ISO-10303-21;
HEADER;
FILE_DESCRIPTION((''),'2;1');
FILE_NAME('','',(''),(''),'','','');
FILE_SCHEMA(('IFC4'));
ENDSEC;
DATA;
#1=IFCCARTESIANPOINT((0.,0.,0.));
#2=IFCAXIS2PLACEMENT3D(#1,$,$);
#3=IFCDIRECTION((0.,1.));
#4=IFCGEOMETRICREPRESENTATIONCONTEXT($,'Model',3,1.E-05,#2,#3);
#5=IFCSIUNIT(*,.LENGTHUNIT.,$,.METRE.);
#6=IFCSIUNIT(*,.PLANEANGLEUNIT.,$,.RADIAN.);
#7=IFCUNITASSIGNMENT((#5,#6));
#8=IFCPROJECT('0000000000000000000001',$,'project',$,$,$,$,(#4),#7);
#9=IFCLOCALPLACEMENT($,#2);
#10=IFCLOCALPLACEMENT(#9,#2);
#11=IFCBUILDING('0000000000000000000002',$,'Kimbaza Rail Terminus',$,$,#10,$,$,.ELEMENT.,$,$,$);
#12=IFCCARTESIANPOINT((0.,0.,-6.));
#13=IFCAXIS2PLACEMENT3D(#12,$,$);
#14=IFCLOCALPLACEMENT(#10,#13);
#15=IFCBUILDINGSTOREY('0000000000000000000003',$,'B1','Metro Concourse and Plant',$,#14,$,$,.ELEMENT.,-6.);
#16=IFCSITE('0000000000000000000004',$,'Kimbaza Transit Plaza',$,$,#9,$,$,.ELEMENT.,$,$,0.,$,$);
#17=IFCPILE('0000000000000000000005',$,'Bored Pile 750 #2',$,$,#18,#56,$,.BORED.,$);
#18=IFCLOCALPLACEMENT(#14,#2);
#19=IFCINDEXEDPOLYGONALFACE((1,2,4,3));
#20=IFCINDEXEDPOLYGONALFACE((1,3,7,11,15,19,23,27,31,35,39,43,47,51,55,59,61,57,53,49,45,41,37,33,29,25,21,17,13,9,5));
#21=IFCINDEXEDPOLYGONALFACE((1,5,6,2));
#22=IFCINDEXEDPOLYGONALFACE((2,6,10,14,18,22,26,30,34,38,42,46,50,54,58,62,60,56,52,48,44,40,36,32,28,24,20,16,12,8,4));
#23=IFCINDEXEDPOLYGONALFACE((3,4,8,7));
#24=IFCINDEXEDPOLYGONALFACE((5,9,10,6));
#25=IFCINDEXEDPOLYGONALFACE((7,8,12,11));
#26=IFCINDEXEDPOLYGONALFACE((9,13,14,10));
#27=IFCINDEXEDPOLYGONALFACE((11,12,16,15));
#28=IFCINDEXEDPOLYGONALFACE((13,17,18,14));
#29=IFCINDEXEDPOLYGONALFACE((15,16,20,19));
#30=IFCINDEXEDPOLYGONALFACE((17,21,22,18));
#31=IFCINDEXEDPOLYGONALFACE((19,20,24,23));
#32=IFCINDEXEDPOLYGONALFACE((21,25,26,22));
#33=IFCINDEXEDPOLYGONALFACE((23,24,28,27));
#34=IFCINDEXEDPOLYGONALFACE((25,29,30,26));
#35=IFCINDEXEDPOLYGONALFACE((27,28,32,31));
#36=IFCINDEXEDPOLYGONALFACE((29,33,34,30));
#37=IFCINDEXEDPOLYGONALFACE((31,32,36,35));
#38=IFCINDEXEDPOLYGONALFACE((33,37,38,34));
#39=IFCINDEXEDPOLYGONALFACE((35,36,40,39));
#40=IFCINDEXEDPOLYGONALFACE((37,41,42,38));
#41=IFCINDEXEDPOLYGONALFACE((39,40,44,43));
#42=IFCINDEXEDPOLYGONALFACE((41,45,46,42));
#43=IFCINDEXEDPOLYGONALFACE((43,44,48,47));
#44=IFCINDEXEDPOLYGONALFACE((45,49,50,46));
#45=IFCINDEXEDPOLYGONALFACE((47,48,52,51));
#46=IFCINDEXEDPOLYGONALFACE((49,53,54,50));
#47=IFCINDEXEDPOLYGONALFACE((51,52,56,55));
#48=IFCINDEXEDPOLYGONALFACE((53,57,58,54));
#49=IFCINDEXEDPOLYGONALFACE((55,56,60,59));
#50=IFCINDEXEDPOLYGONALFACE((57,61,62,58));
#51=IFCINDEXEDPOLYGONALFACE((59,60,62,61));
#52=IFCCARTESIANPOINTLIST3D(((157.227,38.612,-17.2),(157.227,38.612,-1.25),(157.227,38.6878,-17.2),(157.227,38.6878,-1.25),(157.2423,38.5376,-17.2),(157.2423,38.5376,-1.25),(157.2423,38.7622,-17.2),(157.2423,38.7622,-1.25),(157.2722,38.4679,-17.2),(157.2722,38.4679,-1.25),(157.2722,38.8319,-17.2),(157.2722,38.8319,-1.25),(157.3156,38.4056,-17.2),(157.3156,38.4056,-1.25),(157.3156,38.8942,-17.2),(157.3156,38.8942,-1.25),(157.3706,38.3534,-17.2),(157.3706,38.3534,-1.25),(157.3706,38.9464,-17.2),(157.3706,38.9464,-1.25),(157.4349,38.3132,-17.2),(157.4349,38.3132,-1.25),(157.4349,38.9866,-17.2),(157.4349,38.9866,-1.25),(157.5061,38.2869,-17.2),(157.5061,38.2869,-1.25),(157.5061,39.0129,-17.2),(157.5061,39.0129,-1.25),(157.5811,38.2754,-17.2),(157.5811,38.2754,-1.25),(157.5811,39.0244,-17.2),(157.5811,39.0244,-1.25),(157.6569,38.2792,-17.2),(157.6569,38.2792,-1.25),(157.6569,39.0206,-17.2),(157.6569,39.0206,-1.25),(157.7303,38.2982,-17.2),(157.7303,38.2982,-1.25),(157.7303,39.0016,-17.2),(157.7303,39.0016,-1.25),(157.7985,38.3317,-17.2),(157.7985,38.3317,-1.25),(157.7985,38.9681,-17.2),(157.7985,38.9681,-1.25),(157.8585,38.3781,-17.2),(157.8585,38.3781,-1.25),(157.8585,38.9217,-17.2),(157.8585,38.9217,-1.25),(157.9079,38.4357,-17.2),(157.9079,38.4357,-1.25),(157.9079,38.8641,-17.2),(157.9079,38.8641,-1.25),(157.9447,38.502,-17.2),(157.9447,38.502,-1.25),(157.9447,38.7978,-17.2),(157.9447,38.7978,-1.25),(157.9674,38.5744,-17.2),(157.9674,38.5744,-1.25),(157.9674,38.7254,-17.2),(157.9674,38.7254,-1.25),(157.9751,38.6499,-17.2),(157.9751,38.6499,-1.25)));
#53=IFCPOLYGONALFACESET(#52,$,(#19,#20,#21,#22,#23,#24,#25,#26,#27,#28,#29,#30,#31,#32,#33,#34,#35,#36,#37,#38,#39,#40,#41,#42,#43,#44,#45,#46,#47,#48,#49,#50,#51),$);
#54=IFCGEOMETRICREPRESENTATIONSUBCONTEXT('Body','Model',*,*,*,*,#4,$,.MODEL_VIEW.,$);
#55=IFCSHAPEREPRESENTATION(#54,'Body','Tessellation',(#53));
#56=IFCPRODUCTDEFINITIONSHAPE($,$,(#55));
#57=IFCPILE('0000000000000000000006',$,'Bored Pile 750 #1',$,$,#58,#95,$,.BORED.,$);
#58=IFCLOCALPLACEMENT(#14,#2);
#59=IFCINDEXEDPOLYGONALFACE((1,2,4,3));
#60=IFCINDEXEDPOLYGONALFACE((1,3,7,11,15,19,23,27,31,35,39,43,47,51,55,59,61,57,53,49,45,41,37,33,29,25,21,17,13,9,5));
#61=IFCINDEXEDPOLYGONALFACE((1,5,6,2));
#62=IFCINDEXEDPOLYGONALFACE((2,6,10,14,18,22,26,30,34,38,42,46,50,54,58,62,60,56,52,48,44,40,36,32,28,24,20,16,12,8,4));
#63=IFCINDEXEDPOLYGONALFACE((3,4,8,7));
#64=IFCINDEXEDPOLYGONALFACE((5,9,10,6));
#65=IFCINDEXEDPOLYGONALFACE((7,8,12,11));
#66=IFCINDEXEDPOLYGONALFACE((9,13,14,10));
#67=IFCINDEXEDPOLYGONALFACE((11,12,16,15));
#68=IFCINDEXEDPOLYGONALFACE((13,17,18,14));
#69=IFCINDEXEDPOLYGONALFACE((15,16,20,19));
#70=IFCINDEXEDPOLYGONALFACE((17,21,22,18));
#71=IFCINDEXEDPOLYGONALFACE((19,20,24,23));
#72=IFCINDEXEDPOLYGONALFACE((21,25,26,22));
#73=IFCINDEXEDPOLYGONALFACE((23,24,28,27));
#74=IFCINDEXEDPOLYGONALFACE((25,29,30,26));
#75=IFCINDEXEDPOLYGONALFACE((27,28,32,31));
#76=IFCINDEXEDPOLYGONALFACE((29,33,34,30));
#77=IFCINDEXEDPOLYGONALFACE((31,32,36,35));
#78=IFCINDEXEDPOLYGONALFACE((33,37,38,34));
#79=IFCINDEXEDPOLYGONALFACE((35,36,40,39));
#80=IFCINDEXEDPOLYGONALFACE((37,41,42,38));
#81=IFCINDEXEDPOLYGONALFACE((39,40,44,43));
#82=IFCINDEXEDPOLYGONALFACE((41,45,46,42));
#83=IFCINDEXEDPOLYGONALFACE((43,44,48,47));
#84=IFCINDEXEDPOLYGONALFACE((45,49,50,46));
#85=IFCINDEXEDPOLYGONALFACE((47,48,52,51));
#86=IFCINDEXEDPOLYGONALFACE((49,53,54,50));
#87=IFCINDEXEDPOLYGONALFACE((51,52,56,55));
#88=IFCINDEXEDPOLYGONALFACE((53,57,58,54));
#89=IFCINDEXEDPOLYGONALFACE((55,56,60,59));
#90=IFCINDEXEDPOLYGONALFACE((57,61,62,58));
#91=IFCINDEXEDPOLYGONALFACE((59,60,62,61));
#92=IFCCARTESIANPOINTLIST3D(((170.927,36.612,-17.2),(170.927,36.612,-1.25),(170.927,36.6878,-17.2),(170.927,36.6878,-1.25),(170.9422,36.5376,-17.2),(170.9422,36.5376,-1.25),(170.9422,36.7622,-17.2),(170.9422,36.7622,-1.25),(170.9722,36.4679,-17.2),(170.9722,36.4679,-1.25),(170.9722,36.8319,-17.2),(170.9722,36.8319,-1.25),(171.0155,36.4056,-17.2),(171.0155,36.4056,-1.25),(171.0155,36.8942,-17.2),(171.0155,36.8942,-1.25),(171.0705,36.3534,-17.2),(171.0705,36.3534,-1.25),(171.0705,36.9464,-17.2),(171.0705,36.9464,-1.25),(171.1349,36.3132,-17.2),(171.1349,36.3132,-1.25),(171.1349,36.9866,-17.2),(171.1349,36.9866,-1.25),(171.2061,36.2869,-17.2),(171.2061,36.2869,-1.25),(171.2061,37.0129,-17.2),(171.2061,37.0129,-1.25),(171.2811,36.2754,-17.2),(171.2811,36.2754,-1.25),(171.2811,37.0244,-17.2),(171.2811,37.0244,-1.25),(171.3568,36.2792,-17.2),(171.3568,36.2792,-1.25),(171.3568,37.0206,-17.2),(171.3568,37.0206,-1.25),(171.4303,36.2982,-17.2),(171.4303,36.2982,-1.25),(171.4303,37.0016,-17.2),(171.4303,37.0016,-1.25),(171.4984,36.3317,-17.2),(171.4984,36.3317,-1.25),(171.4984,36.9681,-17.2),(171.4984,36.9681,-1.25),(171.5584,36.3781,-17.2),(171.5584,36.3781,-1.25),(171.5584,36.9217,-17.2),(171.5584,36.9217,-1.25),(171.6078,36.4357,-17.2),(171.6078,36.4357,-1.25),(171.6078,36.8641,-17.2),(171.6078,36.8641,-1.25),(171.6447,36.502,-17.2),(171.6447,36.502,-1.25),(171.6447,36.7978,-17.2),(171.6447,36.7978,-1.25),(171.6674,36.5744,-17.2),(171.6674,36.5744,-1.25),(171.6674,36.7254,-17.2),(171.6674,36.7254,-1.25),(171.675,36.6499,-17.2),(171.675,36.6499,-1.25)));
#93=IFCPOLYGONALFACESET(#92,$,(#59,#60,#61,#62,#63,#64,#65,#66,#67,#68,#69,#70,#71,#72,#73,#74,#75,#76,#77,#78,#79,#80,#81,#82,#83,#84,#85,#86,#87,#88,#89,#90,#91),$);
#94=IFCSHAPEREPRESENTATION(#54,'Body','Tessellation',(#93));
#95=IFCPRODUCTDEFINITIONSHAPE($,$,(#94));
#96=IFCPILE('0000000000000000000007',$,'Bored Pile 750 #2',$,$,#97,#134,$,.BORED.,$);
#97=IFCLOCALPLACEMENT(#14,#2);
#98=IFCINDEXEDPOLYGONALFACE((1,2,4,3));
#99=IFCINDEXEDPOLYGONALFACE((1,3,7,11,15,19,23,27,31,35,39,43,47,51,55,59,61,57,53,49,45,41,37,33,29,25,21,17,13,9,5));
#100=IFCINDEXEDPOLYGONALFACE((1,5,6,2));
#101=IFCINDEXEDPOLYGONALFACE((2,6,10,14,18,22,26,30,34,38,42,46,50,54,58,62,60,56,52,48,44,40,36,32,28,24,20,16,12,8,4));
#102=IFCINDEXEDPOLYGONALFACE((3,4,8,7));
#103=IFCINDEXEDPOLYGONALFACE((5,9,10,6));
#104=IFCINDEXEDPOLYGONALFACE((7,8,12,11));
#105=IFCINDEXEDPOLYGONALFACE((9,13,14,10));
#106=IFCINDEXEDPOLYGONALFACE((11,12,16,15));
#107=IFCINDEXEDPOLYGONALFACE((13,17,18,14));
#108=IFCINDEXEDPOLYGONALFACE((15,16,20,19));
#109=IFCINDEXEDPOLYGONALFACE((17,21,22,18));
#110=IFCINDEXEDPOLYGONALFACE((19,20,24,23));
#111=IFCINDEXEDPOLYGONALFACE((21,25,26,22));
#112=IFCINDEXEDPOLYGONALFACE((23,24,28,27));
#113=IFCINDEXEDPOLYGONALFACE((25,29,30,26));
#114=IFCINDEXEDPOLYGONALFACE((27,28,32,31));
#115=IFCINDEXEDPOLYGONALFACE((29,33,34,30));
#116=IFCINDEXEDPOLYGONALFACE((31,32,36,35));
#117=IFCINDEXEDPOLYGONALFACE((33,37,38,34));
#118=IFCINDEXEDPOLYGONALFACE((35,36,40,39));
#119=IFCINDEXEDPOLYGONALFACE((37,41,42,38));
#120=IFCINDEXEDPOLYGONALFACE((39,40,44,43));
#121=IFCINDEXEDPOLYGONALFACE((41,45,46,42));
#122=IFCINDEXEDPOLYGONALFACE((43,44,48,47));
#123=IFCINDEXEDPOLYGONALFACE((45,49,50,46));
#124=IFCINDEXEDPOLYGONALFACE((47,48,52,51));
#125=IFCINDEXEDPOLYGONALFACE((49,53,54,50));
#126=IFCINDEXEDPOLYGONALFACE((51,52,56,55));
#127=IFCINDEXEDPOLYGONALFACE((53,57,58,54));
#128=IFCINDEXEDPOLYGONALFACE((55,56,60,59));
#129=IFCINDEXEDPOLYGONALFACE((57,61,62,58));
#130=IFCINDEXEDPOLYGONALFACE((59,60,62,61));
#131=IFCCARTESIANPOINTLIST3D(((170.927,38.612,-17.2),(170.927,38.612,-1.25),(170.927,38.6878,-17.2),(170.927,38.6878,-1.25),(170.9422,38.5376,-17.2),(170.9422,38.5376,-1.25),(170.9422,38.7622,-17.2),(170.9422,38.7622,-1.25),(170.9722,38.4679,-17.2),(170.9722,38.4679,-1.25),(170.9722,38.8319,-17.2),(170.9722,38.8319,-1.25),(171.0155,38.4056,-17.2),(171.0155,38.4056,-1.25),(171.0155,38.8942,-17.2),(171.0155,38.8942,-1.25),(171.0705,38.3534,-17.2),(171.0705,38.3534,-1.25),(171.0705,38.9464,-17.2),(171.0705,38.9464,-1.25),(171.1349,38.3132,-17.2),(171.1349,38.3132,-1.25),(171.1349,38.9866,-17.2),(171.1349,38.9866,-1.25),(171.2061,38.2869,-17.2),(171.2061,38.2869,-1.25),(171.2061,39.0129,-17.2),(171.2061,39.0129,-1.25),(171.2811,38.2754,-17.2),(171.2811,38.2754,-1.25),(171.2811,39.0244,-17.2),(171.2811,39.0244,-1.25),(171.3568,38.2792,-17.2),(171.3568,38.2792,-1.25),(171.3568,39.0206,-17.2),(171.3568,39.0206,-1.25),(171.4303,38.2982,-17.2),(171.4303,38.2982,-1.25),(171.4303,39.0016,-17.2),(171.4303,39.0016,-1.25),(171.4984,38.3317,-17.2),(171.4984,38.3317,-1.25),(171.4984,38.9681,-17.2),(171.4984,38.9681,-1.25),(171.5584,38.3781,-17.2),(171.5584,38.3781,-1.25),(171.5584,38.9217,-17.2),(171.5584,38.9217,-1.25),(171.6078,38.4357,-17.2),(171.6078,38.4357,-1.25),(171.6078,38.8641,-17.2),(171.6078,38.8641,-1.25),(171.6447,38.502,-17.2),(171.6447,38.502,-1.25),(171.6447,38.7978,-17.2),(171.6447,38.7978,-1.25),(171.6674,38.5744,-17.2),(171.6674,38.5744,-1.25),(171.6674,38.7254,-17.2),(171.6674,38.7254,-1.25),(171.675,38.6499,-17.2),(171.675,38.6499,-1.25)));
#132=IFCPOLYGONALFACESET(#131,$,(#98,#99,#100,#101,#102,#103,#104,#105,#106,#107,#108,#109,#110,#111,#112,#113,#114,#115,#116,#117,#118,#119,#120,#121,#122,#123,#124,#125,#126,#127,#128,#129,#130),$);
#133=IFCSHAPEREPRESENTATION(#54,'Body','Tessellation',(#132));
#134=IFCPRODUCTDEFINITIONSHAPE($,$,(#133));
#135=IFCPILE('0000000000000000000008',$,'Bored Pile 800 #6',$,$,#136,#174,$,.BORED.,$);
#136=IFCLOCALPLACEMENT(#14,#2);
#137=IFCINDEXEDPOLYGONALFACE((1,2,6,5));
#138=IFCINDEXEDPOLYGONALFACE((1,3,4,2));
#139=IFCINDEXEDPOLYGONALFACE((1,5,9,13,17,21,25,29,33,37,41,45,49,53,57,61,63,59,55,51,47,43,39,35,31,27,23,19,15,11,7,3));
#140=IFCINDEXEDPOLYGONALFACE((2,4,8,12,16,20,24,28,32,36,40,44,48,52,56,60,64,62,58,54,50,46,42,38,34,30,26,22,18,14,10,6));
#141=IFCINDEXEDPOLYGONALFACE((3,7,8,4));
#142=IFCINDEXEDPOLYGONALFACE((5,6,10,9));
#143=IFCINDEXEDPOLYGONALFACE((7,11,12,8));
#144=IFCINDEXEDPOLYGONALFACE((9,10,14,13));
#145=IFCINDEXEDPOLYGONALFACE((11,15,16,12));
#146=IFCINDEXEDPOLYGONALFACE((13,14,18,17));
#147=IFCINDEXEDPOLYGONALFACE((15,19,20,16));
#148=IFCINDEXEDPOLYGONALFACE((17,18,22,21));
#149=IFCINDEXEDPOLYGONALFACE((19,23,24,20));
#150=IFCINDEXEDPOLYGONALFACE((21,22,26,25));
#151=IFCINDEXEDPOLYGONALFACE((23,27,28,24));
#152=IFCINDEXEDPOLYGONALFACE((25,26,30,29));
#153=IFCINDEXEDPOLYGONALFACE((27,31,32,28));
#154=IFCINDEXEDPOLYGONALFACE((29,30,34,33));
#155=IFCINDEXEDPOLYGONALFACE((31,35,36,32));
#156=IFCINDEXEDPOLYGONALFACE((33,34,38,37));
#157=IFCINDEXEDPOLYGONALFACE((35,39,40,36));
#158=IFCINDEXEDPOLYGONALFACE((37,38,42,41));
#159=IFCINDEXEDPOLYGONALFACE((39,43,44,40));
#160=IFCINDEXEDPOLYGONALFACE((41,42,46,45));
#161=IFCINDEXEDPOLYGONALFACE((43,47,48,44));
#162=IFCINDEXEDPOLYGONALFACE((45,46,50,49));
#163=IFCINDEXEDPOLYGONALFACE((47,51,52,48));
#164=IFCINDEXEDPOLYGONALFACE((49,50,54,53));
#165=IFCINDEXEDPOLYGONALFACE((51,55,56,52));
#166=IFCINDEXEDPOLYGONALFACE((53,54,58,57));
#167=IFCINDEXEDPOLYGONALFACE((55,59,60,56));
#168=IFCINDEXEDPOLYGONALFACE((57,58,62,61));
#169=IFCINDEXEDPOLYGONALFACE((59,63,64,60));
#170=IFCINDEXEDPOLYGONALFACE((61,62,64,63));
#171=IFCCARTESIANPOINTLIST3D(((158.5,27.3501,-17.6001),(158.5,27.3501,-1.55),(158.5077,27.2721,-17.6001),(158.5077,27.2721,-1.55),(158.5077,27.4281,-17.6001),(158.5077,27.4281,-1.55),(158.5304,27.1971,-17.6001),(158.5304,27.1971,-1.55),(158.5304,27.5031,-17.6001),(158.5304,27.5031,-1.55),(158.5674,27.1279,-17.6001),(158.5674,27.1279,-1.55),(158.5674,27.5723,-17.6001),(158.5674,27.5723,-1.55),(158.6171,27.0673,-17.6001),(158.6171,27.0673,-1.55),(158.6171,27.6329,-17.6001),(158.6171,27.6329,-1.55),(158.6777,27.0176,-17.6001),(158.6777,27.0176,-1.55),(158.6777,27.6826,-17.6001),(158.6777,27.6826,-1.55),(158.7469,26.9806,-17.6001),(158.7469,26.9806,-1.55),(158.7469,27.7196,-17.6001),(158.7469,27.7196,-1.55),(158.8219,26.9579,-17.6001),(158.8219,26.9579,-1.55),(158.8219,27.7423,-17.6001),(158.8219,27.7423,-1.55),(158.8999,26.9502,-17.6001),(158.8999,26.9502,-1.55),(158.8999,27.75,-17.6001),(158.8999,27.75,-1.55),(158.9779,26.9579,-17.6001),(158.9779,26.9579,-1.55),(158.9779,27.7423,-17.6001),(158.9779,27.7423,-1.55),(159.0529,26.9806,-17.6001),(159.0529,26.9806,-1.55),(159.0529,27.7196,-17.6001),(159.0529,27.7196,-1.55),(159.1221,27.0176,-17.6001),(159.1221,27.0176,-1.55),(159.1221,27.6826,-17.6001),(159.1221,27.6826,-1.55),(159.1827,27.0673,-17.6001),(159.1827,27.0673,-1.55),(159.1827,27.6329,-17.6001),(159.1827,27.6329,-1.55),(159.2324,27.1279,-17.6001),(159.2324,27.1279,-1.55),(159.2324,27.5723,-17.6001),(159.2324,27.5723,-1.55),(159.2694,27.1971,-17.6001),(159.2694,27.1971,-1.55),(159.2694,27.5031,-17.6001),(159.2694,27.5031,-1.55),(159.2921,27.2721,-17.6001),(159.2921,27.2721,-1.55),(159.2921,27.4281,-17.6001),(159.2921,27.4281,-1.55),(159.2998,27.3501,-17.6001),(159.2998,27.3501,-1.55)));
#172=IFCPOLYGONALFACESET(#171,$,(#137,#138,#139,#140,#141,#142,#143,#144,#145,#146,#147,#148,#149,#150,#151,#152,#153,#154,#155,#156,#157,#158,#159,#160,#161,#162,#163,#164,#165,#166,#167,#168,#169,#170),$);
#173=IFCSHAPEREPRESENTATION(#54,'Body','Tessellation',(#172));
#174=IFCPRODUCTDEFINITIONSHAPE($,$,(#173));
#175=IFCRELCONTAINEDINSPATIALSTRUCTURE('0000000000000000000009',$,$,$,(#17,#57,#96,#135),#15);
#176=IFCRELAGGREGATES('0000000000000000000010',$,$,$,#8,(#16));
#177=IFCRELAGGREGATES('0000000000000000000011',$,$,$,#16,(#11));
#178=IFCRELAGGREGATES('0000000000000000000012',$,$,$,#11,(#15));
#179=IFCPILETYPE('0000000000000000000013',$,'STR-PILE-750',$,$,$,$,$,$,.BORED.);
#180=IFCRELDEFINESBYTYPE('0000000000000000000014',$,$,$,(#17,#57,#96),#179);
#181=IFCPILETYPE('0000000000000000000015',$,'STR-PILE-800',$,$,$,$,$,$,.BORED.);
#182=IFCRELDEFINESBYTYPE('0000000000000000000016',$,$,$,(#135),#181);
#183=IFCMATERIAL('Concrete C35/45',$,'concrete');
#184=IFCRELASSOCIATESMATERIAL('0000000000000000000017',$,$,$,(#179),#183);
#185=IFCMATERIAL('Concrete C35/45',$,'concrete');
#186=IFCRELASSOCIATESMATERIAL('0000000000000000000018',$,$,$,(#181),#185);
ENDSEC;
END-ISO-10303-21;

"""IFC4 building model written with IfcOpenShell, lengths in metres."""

from ifc_helpers import new_model, si_unit, direction, frame, origin, origin_2d, place, context, subcontext, project, spatial, circle, extrude, material, material_profile, profile_set, type_object, element, save


model = new_model("IFC4")

# Units and contexts
model_context = context("Model", 3, precision=1e-05, world=origin(), true_north=direction((0.0, 1.0)))
body_context = subcontext(model_context, "Body", "Model", "MODEL_VIEW")
ifc_project = project(units=[si_unit("LENGTHUNIT", "METRE"), si_unit("PLANEANGLEUNIT", "RADIAN")], contexts=[model_context])

# Site, building, storey
site_placement = place(None, origin())
site = spatial("IfcSite", under=ifc_project, at=site_placement, Name="Kimbaza Transit Plaza", CompositionType="ELEMENT", RefElevation=0.0)
building_placement = place(site_placement, origin())
building = spatial("IfcBuilding", under=site, at=building_placement, Name="Kimbaza Rail Terminus", CompositionType="ELEMENT")
storey_placement = place(building_placement, frame((0.0, 0.0, -6.0)))
storey = spatial("IfcBuildingStorey", under=building, at=storey_placement, Name="B1", Description="Metro Concourse and Plant", CompositionType="ELEMENT", Elevation=-6.0)

# Piles
ifc_material_1 = material(Name="Concrete C35/45", Category="concrete")
ifc_material_profile_1 = material_profile(ifc_material_1, circle(Radius=0.375, at=origin_2d()), Name="BORED PILE 750")
ifc_profile_set_1 = profile_set([ifc_material_profile_1], Name="Concrete C35/45")
pile_type_1 = type_object("IfcPileType", Name="STR-PILE-750", PredefinedType="BORED", material=ifc_profile_set_1)
for number, where, z_axis, x_axis, name in (
    (1, (157.6001, 38.6499, -1.25), (0.0, 0.0, -1.0), (1.0, 0.0, 0.0), "Bored Pile 750 #2"),
    (2, (171.3, 36.6499, -1.25), (0.0, 0.0, -1.0), (1.0, 0.0, 0.0), "Bored Pile 750 #1"),
    (3, (171.3, 38.6499, -1.25), (0.0, 0.0, -1.0), (1.0, 0.0, 0.0), "Bored Pile 750 #2"),
):
    element("IfcPile", number, at=place(storey_placement, frame(where, z_axis=z_axis, x_axis=x_axis)), inside=storey, type_object=pile_type_1, Name=name, PredefinedType="BORED", context=body_context, shape_type="SweptSolid", body=[
        extrude(circle(Radius=0.375, at=origin_2d()), origin(), (0.0, 0.0, 1.0), 15.95),
    ])
ifc_material_2 = material(Name="Concrete C35/45", Category="concrete")
ifc_material_profile_2 = material_profile(ifc_material_2, circle(Radius=0.3999, at=origin_2d()), Name="BORED PILE 800")
ifc_profile_set_2 = profile_set([ifc_material_profile_2], Name="Concrete C35/45")
pile_type_2 = type_object("IfcPileType", Name="STR-PILE-800", PredefinedType="BORED", material=ifc_profile_set_2)
for number, where, z_axis, x_axis, name in (
    (4, (158.8999, 27.3501, -1.55), (0.0, 0.0, -1.0), (1.0, 0.0, 0.0), "Bored Pile 800 #6"),
):
    element("IfcPile", number, at=place(storey_placement, frame(where, z_axis=z_axis, x_axis=x_axis)), inside=storey, type_object=pile_type_2, Name=name, PredefinedType="BORED", context=body_context, shape_type="SweptSolid", body=[
        extrude(circle(Radius=0.3999, at=origin_2d()), origin(), (0.0, 0.0, 1.0), 16.05),
    ])

save(model, "model.ifc")
